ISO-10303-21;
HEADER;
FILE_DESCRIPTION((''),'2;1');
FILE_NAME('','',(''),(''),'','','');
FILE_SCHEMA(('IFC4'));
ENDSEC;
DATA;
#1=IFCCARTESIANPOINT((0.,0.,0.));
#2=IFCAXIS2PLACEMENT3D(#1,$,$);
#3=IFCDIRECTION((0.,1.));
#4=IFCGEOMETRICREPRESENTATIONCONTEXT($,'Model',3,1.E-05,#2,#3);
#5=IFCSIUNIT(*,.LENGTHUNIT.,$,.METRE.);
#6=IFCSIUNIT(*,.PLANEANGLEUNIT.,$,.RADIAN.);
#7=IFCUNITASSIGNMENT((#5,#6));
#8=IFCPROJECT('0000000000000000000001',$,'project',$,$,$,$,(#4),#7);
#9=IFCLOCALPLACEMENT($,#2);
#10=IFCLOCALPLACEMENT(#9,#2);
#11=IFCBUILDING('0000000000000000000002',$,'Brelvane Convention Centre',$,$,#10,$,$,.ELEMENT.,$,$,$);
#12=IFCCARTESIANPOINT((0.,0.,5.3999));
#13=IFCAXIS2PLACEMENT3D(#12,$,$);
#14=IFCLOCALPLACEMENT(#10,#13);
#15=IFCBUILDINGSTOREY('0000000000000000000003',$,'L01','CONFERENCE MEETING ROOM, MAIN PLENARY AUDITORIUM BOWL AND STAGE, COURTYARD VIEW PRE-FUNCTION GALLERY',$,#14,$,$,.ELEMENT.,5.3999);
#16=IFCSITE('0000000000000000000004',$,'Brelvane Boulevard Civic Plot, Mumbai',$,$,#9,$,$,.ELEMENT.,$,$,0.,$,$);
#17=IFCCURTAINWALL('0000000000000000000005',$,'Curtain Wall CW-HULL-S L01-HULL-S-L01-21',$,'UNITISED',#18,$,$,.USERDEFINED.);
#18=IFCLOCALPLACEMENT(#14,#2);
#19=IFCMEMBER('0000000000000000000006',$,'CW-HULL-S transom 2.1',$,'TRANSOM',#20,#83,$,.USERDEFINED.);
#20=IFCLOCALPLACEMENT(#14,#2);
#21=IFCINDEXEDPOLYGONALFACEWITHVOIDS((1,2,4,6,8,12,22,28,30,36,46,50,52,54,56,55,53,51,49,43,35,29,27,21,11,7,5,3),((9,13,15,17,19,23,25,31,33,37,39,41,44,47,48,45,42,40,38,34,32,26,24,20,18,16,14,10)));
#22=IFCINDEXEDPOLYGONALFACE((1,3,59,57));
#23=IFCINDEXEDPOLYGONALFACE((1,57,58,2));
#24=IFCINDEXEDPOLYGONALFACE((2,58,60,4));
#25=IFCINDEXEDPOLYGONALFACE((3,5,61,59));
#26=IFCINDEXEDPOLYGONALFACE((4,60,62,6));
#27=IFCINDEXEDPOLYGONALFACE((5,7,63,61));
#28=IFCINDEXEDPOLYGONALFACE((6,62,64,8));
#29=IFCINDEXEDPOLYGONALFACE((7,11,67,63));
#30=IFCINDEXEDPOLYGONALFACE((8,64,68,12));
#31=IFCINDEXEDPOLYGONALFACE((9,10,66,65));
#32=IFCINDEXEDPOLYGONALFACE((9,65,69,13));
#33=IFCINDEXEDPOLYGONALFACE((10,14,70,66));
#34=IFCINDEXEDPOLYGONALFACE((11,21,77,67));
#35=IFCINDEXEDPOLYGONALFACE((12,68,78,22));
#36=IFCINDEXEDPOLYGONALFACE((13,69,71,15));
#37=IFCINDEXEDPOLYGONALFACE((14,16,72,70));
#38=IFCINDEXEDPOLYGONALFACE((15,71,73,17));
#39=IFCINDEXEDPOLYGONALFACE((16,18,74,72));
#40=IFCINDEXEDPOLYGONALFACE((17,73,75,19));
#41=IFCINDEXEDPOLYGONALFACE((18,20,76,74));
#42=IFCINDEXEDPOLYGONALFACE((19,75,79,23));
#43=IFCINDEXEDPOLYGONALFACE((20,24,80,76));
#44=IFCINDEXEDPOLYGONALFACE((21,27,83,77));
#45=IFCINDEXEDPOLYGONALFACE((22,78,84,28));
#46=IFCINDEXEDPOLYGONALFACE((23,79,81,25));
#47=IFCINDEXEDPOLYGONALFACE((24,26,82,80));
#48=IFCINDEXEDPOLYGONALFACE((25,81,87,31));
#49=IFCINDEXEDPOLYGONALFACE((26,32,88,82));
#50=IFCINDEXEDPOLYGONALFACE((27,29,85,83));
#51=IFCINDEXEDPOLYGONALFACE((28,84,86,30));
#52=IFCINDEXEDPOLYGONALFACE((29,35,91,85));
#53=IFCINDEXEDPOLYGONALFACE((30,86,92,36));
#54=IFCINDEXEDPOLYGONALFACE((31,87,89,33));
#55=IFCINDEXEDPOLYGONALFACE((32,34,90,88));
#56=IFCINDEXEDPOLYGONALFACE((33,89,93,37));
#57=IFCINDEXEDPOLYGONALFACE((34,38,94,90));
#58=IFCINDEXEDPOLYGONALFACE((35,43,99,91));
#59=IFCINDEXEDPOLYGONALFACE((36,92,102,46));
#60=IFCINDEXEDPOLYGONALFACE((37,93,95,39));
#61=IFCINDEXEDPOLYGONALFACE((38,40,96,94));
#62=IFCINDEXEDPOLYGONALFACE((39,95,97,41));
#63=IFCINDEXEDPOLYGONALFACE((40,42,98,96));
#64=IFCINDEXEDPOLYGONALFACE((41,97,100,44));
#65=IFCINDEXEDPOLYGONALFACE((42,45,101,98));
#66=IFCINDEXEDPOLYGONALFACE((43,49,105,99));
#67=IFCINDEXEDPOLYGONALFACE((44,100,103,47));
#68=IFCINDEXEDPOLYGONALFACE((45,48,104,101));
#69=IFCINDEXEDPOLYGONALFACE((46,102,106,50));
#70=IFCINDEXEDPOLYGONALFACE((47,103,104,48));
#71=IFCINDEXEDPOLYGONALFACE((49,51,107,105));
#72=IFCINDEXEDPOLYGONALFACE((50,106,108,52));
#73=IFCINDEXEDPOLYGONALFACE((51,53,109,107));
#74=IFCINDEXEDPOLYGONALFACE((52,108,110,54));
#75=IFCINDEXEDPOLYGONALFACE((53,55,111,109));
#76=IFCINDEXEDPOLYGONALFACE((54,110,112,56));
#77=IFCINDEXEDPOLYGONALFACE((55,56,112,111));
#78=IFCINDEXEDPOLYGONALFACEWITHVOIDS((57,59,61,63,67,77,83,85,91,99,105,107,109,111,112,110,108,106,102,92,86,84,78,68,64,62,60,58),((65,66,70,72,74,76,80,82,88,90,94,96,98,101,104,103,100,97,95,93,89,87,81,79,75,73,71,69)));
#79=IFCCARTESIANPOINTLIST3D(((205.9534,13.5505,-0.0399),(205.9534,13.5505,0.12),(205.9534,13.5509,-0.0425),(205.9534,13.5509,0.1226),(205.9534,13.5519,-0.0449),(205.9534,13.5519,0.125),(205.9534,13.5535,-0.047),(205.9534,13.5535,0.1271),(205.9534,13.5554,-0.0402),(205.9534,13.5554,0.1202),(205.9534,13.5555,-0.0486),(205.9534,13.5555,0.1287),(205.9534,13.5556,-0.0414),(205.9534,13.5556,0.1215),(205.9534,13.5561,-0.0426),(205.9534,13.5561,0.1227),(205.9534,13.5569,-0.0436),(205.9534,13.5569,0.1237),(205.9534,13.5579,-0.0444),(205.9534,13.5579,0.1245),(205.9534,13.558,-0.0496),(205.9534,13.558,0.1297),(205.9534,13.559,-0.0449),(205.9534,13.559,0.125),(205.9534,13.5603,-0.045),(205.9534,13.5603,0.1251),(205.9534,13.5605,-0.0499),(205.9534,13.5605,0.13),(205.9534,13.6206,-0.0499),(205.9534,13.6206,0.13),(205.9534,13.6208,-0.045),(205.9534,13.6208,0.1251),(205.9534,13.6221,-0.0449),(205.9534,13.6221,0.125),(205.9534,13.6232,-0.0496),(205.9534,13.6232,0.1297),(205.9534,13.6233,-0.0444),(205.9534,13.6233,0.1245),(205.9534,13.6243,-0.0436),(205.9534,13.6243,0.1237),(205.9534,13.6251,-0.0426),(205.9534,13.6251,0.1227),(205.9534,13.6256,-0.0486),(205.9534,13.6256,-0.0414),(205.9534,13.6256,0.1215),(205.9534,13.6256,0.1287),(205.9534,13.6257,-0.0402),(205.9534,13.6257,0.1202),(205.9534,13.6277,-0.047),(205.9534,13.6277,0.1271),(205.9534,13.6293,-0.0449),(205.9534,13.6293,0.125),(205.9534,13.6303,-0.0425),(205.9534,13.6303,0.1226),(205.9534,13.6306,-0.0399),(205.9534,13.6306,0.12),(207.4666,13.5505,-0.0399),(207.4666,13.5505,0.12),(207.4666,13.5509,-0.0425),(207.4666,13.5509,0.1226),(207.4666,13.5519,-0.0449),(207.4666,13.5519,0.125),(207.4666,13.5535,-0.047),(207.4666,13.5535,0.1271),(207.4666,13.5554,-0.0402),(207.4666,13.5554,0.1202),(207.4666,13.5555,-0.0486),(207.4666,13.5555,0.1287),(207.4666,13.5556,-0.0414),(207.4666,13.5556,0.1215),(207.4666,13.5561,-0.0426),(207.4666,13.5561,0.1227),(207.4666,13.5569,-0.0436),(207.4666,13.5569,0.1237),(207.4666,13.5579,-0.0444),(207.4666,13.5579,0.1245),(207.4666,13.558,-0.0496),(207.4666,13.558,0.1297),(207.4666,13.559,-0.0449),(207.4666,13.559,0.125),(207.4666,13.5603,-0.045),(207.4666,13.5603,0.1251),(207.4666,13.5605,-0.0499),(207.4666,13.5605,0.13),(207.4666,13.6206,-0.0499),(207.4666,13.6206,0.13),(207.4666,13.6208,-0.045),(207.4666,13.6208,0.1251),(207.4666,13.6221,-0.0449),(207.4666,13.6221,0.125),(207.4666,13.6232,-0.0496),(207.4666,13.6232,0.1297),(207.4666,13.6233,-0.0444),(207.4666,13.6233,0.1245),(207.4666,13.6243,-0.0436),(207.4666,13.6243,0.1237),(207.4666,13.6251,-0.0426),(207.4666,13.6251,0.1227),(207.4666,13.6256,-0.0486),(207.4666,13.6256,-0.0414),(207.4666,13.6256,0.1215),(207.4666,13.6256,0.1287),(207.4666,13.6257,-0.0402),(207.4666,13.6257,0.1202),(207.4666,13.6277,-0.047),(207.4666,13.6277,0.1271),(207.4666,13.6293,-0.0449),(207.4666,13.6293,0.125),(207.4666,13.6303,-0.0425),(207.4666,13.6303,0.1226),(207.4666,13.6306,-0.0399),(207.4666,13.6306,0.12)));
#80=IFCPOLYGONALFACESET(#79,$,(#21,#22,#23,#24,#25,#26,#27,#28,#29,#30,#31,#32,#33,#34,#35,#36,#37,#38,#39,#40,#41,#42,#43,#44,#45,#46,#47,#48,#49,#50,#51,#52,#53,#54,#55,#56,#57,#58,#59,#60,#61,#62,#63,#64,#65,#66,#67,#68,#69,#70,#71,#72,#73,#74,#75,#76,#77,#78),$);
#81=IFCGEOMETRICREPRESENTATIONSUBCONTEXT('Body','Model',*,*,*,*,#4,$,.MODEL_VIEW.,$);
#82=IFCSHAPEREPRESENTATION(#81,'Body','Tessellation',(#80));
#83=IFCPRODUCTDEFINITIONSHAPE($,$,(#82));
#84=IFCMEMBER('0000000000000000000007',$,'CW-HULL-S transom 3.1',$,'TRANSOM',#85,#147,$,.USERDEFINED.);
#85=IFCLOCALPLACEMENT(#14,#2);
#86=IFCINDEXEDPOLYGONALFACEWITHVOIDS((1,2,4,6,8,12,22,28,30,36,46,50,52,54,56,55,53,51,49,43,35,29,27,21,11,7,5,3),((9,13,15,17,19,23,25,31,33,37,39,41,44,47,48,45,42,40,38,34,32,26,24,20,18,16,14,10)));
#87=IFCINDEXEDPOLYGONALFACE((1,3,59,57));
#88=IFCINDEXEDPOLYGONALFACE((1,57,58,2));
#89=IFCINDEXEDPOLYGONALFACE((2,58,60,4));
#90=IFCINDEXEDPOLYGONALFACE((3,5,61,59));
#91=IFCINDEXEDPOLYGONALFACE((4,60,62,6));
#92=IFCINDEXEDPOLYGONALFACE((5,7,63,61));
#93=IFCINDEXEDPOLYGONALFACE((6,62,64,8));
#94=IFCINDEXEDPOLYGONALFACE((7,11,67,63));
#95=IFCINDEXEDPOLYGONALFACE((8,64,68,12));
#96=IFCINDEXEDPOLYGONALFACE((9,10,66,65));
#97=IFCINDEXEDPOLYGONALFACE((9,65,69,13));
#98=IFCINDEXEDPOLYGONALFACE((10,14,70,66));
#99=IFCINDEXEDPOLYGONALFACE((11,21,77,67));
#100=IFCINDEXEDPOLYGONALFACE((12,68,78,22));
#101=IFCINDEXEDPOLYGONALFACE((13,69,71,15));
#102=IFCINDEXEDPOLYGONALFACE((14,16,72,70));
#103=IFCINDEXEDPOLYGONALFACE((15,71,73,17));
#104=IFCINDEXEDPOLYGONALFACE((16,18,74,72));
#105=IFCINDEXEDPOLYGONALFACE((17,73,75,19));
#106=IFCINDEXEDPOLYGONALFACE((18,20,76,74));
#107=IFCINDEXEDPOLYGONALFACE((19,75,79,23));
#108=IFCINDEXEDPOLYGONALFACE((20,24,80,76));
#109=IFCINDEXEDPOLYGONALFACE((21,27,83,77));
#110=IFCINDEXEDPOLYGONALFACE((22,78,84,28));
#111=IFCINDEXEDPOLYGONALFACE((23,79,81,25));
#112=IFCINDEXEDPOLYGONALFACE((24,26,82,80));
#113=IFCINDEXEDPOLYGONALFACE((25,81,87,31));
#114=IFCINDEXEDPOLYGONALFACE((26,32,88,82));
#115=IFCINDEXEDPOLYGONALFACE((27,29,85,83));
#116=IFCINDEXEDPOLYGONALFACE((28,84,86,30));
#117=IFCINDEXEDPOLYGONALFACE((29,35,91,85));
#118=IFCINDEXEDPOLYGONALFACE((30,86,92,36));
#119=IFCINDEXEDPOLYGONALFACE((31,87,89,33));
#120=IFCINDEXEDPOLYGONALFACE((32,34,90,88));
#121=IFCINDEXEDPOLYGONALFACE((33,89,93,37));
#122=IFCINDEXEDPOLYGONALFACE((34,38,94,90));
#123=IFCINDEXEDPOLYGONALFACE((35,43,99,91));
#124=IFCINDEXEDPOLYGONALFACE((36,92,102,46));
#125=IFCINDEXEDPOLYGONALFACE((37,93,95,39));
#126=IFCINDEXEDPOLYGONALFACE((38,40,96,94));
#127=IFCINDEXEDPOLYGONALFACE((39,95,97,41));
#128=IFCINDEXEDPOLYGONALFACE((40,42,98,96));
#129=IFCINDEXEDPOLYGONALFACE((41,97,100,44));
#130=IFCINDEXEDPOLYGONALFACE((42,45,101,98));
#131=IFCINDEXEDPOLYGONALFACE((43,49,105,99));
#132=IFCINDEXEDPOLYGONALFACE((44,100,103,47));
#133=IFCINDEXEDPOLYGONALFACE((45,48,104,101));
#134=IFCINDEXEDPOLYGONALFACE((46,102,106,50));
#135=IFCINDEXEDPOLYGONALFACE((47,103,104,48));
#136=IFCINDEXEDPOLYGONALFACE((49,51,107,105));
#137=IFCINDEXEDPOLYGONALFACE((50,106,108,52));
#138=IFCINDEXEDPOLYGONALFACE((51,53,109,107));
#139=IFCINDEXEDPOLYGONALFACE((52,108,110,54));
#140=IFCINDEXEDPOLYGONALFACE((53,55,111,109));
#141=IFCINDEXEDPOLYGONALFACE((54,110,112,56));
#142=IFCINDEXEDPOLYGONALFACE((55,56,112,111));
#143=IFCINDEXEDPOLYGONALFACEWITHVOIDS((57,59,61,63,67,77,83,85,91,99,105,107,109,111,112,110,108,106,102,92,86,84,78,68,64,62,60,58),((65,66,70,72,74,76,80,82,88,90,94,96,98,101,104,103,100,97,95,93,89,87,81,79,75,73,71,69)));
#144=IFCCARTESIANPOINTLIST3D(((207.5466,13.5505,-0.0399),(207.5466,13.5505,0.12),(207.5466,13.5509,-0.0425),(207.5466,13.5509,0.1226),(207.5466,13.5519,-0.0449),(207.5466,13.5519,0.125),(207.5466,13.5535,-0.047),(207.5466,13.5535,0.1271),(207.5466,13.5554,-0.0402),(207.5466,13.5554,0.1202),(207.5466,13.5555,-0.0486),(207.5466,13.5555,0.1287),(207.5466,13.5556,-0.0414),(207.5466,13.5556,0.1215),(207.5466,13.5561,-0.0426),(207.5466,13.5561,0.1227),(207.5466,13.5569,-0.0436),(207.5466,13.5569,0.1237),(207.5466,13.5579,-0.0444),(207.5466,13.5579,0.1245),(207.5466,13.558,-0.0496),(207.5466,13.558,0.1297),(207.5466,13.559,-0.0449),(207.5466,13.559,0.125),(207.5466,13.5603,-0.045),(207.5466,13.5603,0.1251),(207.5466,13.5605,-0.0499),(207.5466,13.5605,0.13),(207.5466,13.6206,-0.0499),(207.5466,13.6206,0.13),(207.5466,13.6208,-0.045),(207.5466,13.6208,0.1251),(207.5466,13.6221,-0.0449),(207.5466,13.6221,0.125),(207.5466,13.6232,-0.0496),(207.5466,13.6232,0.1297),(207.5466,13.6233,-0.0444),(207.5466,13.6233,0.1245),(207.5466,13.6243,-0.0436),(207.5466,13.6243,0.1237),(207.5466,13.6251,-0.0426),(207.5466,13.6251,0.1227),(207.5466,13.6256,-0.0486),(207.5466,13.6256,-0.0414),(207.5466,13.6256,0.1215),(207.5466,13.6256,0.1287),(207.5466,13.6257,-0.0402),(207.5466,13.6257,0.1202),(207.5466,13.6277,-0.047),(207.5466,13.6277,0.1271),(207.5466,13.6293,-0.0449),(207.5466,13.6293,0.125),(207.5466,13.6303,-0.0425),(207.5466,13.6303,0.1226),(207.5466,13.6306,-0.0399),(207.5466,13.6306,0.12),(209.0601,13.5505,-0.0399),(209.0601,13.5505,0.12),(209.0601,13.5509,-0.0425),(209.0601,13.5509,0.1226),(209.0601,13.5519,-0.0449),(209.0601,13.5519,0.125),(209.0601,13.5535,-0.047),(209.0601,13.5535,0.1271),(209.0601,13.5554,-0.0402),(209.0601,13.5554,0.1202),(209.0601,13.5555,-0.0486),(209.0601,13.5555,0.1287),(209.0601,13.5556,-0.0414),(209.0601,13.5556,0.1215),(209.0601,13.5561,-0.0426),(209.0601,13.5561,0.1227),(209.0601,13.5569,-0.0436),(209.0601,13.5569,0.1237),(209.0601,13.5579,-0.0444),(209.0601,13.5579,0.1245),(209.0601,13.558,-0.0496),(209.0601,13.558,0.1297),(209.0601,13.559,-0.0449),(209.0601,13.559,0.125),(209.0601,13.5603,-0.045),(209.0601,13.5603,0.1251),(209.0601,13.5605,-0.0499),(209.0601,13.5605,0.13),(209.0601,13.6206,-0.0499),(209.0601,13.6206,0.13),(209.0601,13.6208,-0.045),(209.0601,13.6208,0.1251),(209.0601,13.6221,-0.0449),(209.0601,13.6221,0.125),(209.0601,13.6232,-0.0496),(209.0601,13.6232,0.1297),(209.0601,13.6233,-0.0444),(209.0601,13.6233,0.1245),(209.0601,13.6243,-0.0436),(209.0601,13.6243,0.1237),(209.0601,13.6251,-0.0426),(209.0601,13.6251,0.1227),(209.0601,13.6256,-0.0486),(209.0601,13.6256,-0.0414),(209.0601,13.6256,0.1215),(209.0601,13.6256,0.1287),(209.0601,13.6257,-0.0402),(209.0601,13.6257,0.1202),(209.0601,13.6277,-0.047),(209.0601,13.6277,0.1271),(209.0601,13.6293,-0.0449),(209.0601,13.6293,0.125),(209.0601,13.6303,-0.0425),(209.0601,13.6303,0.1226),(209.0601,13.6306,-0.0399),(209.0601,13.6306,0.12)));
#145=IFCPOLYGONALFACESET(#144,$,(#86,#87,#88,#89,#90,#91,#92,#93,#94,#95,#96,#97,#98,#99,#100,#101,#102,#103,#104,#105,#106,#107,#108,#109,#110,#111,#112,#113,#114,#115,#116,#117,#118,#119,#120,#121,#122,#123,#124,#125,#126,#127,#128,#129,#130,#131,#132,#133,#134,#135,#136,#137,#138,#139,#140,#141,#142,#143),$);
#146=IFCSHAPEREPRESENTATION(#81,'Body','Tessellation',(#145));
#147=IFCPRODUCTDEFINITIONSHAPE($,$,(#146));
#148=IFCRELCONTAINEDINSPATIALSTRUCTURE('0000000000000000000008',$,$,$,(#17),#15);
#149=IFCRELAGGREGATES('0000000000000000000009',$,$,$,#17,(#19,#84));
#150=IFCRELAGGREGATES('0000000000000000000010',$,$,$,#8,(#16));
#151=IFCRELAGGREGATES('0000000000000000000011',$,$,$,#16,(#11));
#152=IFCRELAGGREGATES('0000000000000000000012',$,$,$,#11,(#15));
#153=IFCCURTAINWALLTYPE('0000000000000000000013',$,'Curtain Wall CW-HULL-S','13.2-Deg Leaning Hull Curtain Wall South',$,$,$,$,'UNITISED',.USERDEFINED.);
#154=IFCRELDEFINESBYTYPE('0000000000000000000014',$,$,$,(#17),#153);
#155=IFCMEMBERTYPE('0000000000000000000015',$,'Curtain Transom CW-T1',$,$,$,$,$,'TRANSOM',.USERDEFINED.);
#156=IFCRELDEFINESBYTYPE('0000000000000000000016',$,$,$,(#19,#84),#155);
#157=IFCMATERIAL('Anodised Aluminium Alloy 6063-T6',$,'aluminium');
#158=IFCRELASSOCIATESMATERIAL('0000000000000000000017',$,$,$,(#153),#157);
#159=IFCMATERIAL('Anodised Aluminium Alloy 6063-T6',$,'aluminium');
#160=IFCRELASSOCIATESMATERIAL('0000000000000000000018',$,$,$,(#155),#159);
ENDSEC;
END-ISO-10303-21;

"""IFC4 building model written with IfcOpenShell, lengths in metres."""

from ifc_helpers import new_model, si_unit, direction, frame, origin, origin_2d, place, context, subcontext, project, spatial, hollow_rectangle, extrude, material, material_profile, profile_set, type_object, element, aggregate, save


model = new_model("IFC4")

# Units and contexts
model_context = context("Model", 3, precision=1e-05, world=origin(), true_north=direction((0.0, 1.0)))
body_context = subcontext(model_context, "Body", "Model", "MODEL_VIEW")
ifc_project = project(units=[si_unit("LENGTHUNIT", "METRE"), si_unit("PLANEANGLEUNIT", "RADIAN")], contexts=[model_context])

# Site, building, storey
site_placement = place(None, origin())
site = spatial("IfcSite", under=ifc_project, at=site_placement, Name="Brelvane Boulevard Civic Plot, Mumbai", CompositionType="ELEMENT", RefElevation=0.0)
building_placement = place(site_placement, origin())
building = spatial("IfcBuilding", under=site, at=building_placement, Name="Brelvane Convention Centre", CompositionType="ELEMENT")
storey_placement = place(building_placement, frame((0.0, 0.0, 5.3999)))
storey = spatial("IfcBuildingStorey", under=building, at=storey_placement, Name="L01", Description="CONFERENCE MEETING ROOM, MAIN PLENARY AUDITORIUM BOWL AND STAGE, COURTYARD VIEW PRE-FUNCTION GALLERY", CompositionType="ELEMENT", Elevation=5.3999)

# Curtain wall
ifc_material_1 = material(Name="Anodised Aluminium Alloy 6063-T6", Category="aluminium")
curtain_wall_type = type_object("IfcCurtainWallType", Name="Curtain Wall CW-HULL-S", Description="13.2-Deg Leaning Hull Curtain Wall South", ElementType="UNITISED", PredefinedType="USERDEFINED", material=ifc_material_1)
curtain_wall_1_placement = place(storey_placement, origin())
curtain_wall_1 = element("IfcCurtainWall", 1, at=curtain_wall_1_placement, inside=storey, type_object=curtain_wall_type, Name="Curtain Wall CW-HULL-S L01-HULL-S-L01-21", ObjectType="UNITISED", PredefinedType="USERDEFINED")

# Members
ifc_material_2 = material(Name="Anodised Aluminium Alloy 6063-T6", Category="aluminium")
ifc_material_profile_1 = material_profile(ifc_material_2, hollow_rectangle(XDim=0.0801, YDim=0.1799, WallThickness=0.0049, InnerFilletRadius=0.0049, OuterFilletRadius=0.01, at=origin_2d()), Name="ALU-T 180x80x5.0")
ifc_profile_set_1 = profile_set([ifc_material_profile_1], Name="Anodised Aluminium Alloy 6063-T6")
member_type_1 = type_object("IfcMemberType", Name="Curtain Transom CW-T1", ElementType="TRANSOM", PredefinedType="USERDEFINED", material=ifc_profile_set_1)
member_1_placement = place(storey_placement, frame((205.9534, 13.5906, 0.04), z_axis=(1.0, 0.0, 0.0), x_axis=(0.0, 1.0, 0.0)))
member_1 = element("IfcMember", 2, at=member_1_placement, type_object=member_type_1, Name="CW-HULL-S transom 2.1", ObjectType="TRANSOM", PredefinedType="USERDEFINED", context=body_context, shape_type="SweptSolid", body=[
    extrude(hollow_rectangle(XDim=0.0801, YDim=0.1799, WallThickness=0.0049, InnerFilletRadius=0.0049, OuterFilletRadius=0.01, at=origin_2d()), origin(), (0.0, 0.0, 1.0), 1.5132),
])
member_2_placement = place(storey_placement, frame((207.5466, 13.5906, 0.04), z_axis=(1.0, 0.0, 0.0), x_axis=(0.0, 1.0, 0.0)))
member_2 = element("IfcMember", 3, at=member_2_placement, type_object=member_type_1, Name="CW-HULL-S transom 3.1", ObjectType="TRANSOM", PredefinedType="USERDEFINED", context=body_context, shape_type="SweptSolid", body=[
    extrude(hollow_rectangle(XDim=0.0801, YDim=0.1799, WallThickness=0.0049, InnerFilletRadius=0.0049, OuterFilletRadius=0.01, at=origin_2d()), origin(), (0.0, 0.0, 1.0), 1.5134),
])
aggregate(curtain_wall_1, [member_1, member_2])

save(model, "model.ifc")
